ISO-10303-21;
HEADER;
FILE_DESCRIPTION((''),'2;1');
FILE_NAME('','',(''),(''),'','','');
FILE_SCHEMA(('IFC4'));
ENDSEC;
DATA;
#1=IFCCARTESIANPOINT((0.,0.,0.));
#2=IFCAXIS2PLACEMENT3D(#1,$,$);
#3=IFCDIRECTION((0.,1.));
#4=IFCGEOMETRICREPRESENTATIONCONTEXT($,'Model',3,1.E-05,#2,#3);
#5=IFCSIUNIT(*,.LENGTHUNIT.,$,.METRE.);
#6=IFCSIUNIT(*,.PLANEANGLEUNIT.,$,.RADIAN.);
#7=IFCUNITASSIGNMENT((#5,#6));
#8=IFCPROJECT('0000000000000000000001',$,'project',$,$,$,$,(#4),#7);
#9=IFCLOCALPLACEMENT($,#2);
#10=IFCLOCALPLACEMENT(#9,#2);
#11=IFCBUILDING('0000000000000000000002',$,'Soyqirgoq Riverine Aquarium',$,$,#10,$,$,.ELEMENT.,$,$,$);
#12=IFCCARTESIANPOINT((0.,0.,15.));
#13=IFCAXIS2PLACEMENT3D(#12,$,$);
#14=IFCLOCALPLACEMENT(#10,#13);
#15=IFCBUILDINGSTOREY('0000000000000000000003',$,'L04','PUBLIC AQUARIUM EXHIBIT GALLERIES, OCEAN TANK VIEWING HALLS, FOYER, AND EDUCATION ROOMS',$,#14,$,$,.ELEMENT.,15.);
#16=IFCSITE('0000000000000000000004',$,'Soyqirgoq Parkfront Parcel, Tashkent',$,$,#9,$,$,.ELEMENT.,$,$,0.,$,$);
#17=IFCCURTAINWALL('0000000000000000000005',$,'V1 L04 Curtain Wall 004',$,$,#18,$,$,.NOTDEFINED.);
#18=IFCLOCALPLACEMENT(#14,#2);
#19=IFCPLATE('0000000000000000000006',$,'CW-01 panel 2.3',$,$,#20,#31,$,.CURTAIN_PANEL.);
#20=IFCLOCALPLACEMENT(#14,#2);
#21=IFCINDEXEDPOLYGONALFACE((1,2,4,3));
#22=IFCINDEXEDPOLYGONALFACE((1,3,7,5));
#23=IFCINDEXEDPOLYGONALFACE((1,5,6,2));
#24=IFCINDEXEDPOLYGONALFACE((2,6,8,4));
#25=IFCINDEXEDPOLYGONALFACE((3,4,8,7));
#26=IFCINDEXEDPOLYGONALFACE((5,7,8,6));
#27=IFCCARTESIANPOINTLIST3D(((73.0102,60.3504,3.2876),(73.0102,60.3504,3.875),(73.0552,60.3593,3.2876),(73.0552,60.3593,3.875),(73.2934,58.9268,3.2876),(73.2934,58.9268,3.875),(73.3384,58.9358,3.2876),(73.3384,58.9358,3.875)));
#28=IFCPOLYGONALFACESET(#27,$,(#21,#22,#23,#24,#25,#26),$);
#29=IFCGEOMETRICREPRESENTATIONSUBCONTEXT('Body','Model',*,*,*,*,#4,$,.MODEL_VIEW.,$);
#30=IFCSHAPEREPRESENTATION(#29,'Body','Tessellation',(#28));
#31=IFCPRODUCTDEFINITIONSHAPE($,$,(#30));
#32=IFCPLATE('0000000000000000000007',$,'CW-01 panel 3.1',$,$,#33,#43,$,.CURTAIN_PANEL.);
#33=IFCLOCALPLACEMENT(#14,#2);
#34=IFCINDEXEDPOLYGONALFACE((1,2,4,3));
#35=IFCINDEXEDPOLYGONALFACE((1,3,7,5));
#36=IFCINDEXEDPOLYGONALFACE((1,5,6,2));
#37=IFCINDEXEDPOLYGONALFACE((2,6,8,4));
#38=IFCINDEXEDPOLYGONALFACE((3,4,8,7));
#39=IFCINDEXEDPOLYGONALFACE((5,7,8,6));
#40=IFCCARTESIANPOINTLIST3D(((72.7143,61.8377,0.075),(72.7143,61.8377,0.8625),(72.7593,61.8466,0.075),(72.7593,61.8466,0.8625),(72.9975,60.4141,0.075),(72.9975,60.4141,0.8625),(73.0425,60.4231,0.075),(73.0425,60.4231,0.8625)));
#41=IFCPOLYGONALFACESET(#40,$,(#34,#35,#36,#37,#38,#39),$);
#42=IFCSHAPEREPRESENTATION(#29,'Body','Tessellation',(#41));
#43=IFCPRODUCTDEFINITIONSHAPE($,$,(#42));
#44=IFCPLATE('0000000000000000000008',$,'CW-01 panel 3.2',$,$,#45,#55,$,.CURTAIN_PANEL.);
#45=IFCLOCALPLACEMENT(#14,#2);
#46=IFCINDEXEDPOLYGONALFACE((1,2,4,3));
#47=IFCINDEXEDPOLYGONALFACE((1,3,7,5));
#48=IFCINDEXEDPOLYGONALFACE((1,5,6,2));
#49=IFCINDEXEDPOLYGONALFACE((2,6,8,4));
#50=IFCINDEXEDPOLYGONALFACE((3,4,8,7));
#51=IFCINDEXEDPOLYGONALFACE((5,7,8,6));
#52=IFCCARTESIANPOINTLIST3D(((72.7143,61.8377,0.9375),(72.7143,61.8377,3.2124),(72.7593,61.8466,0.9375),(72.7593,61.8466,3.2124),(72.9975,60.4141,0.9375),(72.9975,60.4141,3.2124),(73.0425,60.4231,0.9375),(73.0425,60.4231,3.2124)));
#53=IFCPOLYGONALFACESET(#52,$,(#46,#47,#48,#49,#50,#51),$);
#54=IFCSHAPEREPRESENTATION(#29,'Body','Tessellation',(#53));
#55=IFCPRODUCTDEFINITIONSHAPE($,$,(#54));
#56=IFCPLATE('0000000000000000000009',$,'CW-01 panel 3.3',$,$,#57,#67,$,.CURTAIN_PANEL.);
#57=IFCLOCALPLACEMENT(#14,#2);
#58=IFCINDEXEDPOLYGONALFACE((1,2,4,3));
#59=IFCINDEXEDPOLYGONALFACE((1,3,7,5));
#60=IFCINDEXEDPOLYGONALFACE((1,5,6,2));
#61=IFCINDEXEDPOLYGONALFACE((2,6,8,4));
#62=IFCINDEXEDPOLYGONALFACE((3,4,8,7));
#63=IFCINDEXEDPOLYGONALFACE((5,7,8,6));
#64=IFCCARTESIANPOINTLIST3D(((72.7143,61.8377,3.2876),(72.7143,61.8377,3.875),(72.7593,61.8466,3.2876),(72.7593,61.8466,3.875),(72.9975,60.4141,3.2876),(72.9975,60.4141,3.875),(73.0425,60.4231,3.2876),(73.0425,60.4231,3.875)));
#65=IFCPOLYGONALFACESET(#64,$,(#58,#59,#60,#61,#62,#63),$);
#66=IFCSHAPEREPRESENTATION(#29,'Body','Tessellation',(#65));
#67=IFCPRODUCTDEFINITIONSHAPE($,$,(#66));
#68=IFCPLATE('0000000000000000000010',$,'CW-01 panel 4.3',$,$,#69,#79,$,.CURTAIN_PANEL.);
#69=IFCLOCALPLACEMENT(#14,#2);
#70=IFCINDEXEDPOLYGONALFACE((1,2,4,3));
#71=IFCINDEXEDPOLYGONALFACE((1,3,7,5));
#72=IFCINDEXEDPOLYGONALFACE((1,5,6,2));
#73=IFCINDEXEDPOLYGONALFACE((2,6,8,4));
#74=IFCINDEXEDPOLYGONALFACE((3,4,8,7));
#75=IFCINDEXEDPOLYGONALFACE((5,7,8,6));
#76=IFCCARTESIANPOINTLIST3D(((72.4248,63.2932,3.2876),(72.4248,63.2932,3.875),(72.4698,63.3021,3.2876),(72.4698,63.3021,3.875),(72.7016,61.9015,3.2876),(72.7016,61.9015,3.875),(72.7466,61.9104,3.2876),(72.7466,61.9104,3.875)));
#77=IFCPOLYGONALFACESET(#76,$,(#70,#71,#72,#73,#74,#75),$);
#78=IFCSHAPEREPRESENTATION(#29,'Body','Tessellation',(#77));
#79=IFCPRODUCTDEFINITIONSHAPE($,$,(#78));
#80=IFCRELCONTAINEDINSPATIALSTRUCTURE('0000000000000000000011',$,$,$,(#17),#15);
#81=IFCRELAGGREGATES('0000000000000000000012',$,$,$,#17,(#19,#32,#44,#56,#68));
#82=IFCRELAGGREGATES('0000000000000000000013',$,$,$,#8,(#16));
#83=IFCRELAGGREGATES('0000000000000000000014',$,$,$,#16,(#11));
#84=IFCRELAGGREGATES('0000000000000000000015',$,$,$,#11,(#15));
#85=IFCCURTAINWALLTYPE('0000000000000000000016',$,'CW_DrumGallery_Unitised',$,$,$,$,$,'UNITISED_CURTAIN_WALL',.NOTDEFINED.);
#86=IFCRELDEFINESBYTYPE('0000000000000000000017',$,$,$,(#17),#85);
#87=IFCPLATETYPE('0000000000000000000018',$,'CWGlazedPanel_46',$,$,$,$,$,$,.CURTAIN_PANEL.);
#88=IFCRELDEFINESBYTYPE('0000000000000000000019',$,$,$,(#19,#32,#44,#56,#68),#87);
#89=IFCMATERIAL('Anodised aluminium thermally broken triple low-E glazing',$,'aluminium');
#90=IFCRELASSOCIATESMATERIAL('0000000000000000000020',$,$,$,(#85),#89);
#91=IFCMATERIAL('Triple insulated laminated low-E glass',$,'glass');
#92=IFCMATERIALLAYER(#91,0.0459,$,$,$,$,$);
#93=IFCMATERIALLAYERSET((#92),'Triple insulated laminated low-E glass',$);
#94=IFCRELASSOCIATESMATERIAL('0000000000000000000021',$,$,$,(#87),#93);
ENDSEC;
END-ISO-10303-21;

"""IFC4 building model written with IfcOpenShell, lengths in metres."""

from ifc_helpers import new_model, si_unit, direction, frame, origin, origin_2d, place, context, subcontext, project, spatial, rectangle, extrude, material, layer, layer_set, type_object, element, aggregate, save


model = new_model("IFC4")

# Units and contexts
model_context = context("Model", 3, precision=1e-05, world=origin(), true_north=direction((0.0, 1.0)))
body_context = subcontext(model_context, "Body", "Model", "MODEL_VIEW")
ifc_project = project(units=[si_unit("LENGTHUNIT", "METRE"), si_unit("PLANEANGLEUNIT", "RADIAN")], contexts=[model_context])

# Site, building, storey
site_placement = place(None, origin())
site = spatial("IfcSite", under=ifc_project, at=site_placement, Name="Soyqirgoq Parkfront Parcel, Tashkent", CompositionType="ELEMENT", RefElevation=0.0)
building_placement = place(site_placement, origin())
building = spatial("IfcBuilding", under=site, at=building_placement, Name="Soyqirgoq Riverine Aquarium", CompositionType="ELEMENT")
storey_placement = place(building_placement, frame((0.0, 0.0, 15.0)))
storey = spatial("IfcBuildingStorey", under=building, at=storey_placement, Name="L04", Description="PUBLIC AQUARIUM EXHIBIT GALLERIES, OCEAN TANK VIEWING HALLS, FOYER, AND EDUCATION ROOMS", CompositionType="ELEMENT", Elevation=15.0)

# Curtain wall, plates
ifc_material_1 = material(Name="Anodised aluminium thermally broken triple low-E glazing", Category="aluminium")
curtain_wall_type = type_object("IfcCurtainWallType", Name="CW_DrumGallery_Unitised", ElementType="UNITISED_CURTAIN_WALL", PredefinedType="NOTDEFINED", material=ifc_material_1)
curtain_wall_placement = place(storey_placement, origin())
curtain_wall = element("IfcCurtainWall", 1, at=curtain_wall_placement, inside=storey, type_object=curtain_wall_type, Name="V1 L04 Curtain Wall 004", PredefinedType="NOTDEFINED")
ifc_material_2 = material(Name="Triple insulated laminated low-E glass", Category="glass")
ifc_layer = layer(ifc_material_2, 0.0459)
ifc_layer_set = layer_set([ifc_layer], Name="Triple insulated laminated low-E glass")
plate_type = type_object("IfcPlateType", Name="CWGlazedPanel_46", PredefinedType="CURTAIN_PANEL", material=ifc_layer_set)
plate_1_placement = place(storey_placement, frame((73.1743, 59.6431, 3.2876), z_axis=(0.0, 0.0, 1.0), x_axis=(-0.195102, 0.980783, 0.0)))
plate_1 = element("IfcPlate", 2, at=plate_1_placement, type_object=plate_type, Name="CW-01 panel 2.3", PredefinedType="CURTAIN_PANEL", context=body_context, shape_type="SweptSolid", body=[
    extrude(rectangle(XDim=1.4514, YDim=0.0459, at=origin_2d()), origin(), (0.0, 0.0, 1.0), 0.5874),
])
plate_2_placement = place(storey_placement, frame((72.8784, 61.1304, 0.075), z_axis=(0.0, 0.0, 1.0), x_axis=(-0.195102, 0.980783, 0.0)))
plate_2 = element("IfcPlate", 3, at=plate_2_placement, type_object=plate_type, Name="CW-01 panel 3.1", PredefinedType="CURTAIN_PANEL", context=body_context, shape_type="SweptSolid", body=[
    extrude(rectangle(XDim=1.4514, YDim=0.0459, at=origin_2d()), origin(), (0.0, 0.0, 1.0), 0.7876),
])
plate_3_placement = place(storey_placement, frame((72.8784, 61.1304, 0.9375), z_axis=(0.0, 0.0, 1.0), x_axis=(-0.195102, 0.980783, 0.0)))
plate_3 = element("IfcPlate", 4, at=plate_3_placement, type_object=plate_type, Name="CW-01 panel 3.2", PredefinedType="CURTAIN_PANEL", context=body_context, shape_type="SweptSolid", body=[
    extrude(rectangle(XDim=1.4514, YDim=0.0459, at=origin_2d()), origin(), (0.0, 0.0, 1.0), 2.2749),
])
plate_4_placement = place(storey_placement, frame((72.8784, 61.1304, 3.2876), z_axis=(0.0, 0.0, 1.0), x_axis=(-0.195102, 0.980783, 0.0)))
plate_4 = element("IfcPlate", 5, at=plate_4_placement, type_object=plate_type, Name="CW-01 panel 3.3", PredefinedType="CURTAIN_PANEL", context=body_context, shape_type="SweptSolid", body=[
    extrude(rectangle(XDim=1.4514, YDim=0.0459, at=origin_2d()), origin(), (0.0, 0.0, 1.0), 0.5874),
])
plate_5_placement = place(storey_placement, frame((72.5857, 62.6018, 3.2876), z_axis=(0.0, 0.0, 1.0), x_axis=(-0.195102, 0.980783, 0.0)))
plate_5 = element("IfcPlate", 6, at=plate_5_placement, type_object=plate_type, Name="CW-01 panel 4.3", PredefinedType="CURTAIN_PANEL", context=body_context, shape_type="SweptSolid", body=[
    extrude(rectangle(XDim=1.4189, YDim=0.0459, at=origin_2d()), origin(), (0.0, 0.0, 1.0), 0.5874),
])
aggregate(curtain_wall, [plate_1, plate_2, plate_3, plate_4, plate_5])

save(model, "model.ifc")
